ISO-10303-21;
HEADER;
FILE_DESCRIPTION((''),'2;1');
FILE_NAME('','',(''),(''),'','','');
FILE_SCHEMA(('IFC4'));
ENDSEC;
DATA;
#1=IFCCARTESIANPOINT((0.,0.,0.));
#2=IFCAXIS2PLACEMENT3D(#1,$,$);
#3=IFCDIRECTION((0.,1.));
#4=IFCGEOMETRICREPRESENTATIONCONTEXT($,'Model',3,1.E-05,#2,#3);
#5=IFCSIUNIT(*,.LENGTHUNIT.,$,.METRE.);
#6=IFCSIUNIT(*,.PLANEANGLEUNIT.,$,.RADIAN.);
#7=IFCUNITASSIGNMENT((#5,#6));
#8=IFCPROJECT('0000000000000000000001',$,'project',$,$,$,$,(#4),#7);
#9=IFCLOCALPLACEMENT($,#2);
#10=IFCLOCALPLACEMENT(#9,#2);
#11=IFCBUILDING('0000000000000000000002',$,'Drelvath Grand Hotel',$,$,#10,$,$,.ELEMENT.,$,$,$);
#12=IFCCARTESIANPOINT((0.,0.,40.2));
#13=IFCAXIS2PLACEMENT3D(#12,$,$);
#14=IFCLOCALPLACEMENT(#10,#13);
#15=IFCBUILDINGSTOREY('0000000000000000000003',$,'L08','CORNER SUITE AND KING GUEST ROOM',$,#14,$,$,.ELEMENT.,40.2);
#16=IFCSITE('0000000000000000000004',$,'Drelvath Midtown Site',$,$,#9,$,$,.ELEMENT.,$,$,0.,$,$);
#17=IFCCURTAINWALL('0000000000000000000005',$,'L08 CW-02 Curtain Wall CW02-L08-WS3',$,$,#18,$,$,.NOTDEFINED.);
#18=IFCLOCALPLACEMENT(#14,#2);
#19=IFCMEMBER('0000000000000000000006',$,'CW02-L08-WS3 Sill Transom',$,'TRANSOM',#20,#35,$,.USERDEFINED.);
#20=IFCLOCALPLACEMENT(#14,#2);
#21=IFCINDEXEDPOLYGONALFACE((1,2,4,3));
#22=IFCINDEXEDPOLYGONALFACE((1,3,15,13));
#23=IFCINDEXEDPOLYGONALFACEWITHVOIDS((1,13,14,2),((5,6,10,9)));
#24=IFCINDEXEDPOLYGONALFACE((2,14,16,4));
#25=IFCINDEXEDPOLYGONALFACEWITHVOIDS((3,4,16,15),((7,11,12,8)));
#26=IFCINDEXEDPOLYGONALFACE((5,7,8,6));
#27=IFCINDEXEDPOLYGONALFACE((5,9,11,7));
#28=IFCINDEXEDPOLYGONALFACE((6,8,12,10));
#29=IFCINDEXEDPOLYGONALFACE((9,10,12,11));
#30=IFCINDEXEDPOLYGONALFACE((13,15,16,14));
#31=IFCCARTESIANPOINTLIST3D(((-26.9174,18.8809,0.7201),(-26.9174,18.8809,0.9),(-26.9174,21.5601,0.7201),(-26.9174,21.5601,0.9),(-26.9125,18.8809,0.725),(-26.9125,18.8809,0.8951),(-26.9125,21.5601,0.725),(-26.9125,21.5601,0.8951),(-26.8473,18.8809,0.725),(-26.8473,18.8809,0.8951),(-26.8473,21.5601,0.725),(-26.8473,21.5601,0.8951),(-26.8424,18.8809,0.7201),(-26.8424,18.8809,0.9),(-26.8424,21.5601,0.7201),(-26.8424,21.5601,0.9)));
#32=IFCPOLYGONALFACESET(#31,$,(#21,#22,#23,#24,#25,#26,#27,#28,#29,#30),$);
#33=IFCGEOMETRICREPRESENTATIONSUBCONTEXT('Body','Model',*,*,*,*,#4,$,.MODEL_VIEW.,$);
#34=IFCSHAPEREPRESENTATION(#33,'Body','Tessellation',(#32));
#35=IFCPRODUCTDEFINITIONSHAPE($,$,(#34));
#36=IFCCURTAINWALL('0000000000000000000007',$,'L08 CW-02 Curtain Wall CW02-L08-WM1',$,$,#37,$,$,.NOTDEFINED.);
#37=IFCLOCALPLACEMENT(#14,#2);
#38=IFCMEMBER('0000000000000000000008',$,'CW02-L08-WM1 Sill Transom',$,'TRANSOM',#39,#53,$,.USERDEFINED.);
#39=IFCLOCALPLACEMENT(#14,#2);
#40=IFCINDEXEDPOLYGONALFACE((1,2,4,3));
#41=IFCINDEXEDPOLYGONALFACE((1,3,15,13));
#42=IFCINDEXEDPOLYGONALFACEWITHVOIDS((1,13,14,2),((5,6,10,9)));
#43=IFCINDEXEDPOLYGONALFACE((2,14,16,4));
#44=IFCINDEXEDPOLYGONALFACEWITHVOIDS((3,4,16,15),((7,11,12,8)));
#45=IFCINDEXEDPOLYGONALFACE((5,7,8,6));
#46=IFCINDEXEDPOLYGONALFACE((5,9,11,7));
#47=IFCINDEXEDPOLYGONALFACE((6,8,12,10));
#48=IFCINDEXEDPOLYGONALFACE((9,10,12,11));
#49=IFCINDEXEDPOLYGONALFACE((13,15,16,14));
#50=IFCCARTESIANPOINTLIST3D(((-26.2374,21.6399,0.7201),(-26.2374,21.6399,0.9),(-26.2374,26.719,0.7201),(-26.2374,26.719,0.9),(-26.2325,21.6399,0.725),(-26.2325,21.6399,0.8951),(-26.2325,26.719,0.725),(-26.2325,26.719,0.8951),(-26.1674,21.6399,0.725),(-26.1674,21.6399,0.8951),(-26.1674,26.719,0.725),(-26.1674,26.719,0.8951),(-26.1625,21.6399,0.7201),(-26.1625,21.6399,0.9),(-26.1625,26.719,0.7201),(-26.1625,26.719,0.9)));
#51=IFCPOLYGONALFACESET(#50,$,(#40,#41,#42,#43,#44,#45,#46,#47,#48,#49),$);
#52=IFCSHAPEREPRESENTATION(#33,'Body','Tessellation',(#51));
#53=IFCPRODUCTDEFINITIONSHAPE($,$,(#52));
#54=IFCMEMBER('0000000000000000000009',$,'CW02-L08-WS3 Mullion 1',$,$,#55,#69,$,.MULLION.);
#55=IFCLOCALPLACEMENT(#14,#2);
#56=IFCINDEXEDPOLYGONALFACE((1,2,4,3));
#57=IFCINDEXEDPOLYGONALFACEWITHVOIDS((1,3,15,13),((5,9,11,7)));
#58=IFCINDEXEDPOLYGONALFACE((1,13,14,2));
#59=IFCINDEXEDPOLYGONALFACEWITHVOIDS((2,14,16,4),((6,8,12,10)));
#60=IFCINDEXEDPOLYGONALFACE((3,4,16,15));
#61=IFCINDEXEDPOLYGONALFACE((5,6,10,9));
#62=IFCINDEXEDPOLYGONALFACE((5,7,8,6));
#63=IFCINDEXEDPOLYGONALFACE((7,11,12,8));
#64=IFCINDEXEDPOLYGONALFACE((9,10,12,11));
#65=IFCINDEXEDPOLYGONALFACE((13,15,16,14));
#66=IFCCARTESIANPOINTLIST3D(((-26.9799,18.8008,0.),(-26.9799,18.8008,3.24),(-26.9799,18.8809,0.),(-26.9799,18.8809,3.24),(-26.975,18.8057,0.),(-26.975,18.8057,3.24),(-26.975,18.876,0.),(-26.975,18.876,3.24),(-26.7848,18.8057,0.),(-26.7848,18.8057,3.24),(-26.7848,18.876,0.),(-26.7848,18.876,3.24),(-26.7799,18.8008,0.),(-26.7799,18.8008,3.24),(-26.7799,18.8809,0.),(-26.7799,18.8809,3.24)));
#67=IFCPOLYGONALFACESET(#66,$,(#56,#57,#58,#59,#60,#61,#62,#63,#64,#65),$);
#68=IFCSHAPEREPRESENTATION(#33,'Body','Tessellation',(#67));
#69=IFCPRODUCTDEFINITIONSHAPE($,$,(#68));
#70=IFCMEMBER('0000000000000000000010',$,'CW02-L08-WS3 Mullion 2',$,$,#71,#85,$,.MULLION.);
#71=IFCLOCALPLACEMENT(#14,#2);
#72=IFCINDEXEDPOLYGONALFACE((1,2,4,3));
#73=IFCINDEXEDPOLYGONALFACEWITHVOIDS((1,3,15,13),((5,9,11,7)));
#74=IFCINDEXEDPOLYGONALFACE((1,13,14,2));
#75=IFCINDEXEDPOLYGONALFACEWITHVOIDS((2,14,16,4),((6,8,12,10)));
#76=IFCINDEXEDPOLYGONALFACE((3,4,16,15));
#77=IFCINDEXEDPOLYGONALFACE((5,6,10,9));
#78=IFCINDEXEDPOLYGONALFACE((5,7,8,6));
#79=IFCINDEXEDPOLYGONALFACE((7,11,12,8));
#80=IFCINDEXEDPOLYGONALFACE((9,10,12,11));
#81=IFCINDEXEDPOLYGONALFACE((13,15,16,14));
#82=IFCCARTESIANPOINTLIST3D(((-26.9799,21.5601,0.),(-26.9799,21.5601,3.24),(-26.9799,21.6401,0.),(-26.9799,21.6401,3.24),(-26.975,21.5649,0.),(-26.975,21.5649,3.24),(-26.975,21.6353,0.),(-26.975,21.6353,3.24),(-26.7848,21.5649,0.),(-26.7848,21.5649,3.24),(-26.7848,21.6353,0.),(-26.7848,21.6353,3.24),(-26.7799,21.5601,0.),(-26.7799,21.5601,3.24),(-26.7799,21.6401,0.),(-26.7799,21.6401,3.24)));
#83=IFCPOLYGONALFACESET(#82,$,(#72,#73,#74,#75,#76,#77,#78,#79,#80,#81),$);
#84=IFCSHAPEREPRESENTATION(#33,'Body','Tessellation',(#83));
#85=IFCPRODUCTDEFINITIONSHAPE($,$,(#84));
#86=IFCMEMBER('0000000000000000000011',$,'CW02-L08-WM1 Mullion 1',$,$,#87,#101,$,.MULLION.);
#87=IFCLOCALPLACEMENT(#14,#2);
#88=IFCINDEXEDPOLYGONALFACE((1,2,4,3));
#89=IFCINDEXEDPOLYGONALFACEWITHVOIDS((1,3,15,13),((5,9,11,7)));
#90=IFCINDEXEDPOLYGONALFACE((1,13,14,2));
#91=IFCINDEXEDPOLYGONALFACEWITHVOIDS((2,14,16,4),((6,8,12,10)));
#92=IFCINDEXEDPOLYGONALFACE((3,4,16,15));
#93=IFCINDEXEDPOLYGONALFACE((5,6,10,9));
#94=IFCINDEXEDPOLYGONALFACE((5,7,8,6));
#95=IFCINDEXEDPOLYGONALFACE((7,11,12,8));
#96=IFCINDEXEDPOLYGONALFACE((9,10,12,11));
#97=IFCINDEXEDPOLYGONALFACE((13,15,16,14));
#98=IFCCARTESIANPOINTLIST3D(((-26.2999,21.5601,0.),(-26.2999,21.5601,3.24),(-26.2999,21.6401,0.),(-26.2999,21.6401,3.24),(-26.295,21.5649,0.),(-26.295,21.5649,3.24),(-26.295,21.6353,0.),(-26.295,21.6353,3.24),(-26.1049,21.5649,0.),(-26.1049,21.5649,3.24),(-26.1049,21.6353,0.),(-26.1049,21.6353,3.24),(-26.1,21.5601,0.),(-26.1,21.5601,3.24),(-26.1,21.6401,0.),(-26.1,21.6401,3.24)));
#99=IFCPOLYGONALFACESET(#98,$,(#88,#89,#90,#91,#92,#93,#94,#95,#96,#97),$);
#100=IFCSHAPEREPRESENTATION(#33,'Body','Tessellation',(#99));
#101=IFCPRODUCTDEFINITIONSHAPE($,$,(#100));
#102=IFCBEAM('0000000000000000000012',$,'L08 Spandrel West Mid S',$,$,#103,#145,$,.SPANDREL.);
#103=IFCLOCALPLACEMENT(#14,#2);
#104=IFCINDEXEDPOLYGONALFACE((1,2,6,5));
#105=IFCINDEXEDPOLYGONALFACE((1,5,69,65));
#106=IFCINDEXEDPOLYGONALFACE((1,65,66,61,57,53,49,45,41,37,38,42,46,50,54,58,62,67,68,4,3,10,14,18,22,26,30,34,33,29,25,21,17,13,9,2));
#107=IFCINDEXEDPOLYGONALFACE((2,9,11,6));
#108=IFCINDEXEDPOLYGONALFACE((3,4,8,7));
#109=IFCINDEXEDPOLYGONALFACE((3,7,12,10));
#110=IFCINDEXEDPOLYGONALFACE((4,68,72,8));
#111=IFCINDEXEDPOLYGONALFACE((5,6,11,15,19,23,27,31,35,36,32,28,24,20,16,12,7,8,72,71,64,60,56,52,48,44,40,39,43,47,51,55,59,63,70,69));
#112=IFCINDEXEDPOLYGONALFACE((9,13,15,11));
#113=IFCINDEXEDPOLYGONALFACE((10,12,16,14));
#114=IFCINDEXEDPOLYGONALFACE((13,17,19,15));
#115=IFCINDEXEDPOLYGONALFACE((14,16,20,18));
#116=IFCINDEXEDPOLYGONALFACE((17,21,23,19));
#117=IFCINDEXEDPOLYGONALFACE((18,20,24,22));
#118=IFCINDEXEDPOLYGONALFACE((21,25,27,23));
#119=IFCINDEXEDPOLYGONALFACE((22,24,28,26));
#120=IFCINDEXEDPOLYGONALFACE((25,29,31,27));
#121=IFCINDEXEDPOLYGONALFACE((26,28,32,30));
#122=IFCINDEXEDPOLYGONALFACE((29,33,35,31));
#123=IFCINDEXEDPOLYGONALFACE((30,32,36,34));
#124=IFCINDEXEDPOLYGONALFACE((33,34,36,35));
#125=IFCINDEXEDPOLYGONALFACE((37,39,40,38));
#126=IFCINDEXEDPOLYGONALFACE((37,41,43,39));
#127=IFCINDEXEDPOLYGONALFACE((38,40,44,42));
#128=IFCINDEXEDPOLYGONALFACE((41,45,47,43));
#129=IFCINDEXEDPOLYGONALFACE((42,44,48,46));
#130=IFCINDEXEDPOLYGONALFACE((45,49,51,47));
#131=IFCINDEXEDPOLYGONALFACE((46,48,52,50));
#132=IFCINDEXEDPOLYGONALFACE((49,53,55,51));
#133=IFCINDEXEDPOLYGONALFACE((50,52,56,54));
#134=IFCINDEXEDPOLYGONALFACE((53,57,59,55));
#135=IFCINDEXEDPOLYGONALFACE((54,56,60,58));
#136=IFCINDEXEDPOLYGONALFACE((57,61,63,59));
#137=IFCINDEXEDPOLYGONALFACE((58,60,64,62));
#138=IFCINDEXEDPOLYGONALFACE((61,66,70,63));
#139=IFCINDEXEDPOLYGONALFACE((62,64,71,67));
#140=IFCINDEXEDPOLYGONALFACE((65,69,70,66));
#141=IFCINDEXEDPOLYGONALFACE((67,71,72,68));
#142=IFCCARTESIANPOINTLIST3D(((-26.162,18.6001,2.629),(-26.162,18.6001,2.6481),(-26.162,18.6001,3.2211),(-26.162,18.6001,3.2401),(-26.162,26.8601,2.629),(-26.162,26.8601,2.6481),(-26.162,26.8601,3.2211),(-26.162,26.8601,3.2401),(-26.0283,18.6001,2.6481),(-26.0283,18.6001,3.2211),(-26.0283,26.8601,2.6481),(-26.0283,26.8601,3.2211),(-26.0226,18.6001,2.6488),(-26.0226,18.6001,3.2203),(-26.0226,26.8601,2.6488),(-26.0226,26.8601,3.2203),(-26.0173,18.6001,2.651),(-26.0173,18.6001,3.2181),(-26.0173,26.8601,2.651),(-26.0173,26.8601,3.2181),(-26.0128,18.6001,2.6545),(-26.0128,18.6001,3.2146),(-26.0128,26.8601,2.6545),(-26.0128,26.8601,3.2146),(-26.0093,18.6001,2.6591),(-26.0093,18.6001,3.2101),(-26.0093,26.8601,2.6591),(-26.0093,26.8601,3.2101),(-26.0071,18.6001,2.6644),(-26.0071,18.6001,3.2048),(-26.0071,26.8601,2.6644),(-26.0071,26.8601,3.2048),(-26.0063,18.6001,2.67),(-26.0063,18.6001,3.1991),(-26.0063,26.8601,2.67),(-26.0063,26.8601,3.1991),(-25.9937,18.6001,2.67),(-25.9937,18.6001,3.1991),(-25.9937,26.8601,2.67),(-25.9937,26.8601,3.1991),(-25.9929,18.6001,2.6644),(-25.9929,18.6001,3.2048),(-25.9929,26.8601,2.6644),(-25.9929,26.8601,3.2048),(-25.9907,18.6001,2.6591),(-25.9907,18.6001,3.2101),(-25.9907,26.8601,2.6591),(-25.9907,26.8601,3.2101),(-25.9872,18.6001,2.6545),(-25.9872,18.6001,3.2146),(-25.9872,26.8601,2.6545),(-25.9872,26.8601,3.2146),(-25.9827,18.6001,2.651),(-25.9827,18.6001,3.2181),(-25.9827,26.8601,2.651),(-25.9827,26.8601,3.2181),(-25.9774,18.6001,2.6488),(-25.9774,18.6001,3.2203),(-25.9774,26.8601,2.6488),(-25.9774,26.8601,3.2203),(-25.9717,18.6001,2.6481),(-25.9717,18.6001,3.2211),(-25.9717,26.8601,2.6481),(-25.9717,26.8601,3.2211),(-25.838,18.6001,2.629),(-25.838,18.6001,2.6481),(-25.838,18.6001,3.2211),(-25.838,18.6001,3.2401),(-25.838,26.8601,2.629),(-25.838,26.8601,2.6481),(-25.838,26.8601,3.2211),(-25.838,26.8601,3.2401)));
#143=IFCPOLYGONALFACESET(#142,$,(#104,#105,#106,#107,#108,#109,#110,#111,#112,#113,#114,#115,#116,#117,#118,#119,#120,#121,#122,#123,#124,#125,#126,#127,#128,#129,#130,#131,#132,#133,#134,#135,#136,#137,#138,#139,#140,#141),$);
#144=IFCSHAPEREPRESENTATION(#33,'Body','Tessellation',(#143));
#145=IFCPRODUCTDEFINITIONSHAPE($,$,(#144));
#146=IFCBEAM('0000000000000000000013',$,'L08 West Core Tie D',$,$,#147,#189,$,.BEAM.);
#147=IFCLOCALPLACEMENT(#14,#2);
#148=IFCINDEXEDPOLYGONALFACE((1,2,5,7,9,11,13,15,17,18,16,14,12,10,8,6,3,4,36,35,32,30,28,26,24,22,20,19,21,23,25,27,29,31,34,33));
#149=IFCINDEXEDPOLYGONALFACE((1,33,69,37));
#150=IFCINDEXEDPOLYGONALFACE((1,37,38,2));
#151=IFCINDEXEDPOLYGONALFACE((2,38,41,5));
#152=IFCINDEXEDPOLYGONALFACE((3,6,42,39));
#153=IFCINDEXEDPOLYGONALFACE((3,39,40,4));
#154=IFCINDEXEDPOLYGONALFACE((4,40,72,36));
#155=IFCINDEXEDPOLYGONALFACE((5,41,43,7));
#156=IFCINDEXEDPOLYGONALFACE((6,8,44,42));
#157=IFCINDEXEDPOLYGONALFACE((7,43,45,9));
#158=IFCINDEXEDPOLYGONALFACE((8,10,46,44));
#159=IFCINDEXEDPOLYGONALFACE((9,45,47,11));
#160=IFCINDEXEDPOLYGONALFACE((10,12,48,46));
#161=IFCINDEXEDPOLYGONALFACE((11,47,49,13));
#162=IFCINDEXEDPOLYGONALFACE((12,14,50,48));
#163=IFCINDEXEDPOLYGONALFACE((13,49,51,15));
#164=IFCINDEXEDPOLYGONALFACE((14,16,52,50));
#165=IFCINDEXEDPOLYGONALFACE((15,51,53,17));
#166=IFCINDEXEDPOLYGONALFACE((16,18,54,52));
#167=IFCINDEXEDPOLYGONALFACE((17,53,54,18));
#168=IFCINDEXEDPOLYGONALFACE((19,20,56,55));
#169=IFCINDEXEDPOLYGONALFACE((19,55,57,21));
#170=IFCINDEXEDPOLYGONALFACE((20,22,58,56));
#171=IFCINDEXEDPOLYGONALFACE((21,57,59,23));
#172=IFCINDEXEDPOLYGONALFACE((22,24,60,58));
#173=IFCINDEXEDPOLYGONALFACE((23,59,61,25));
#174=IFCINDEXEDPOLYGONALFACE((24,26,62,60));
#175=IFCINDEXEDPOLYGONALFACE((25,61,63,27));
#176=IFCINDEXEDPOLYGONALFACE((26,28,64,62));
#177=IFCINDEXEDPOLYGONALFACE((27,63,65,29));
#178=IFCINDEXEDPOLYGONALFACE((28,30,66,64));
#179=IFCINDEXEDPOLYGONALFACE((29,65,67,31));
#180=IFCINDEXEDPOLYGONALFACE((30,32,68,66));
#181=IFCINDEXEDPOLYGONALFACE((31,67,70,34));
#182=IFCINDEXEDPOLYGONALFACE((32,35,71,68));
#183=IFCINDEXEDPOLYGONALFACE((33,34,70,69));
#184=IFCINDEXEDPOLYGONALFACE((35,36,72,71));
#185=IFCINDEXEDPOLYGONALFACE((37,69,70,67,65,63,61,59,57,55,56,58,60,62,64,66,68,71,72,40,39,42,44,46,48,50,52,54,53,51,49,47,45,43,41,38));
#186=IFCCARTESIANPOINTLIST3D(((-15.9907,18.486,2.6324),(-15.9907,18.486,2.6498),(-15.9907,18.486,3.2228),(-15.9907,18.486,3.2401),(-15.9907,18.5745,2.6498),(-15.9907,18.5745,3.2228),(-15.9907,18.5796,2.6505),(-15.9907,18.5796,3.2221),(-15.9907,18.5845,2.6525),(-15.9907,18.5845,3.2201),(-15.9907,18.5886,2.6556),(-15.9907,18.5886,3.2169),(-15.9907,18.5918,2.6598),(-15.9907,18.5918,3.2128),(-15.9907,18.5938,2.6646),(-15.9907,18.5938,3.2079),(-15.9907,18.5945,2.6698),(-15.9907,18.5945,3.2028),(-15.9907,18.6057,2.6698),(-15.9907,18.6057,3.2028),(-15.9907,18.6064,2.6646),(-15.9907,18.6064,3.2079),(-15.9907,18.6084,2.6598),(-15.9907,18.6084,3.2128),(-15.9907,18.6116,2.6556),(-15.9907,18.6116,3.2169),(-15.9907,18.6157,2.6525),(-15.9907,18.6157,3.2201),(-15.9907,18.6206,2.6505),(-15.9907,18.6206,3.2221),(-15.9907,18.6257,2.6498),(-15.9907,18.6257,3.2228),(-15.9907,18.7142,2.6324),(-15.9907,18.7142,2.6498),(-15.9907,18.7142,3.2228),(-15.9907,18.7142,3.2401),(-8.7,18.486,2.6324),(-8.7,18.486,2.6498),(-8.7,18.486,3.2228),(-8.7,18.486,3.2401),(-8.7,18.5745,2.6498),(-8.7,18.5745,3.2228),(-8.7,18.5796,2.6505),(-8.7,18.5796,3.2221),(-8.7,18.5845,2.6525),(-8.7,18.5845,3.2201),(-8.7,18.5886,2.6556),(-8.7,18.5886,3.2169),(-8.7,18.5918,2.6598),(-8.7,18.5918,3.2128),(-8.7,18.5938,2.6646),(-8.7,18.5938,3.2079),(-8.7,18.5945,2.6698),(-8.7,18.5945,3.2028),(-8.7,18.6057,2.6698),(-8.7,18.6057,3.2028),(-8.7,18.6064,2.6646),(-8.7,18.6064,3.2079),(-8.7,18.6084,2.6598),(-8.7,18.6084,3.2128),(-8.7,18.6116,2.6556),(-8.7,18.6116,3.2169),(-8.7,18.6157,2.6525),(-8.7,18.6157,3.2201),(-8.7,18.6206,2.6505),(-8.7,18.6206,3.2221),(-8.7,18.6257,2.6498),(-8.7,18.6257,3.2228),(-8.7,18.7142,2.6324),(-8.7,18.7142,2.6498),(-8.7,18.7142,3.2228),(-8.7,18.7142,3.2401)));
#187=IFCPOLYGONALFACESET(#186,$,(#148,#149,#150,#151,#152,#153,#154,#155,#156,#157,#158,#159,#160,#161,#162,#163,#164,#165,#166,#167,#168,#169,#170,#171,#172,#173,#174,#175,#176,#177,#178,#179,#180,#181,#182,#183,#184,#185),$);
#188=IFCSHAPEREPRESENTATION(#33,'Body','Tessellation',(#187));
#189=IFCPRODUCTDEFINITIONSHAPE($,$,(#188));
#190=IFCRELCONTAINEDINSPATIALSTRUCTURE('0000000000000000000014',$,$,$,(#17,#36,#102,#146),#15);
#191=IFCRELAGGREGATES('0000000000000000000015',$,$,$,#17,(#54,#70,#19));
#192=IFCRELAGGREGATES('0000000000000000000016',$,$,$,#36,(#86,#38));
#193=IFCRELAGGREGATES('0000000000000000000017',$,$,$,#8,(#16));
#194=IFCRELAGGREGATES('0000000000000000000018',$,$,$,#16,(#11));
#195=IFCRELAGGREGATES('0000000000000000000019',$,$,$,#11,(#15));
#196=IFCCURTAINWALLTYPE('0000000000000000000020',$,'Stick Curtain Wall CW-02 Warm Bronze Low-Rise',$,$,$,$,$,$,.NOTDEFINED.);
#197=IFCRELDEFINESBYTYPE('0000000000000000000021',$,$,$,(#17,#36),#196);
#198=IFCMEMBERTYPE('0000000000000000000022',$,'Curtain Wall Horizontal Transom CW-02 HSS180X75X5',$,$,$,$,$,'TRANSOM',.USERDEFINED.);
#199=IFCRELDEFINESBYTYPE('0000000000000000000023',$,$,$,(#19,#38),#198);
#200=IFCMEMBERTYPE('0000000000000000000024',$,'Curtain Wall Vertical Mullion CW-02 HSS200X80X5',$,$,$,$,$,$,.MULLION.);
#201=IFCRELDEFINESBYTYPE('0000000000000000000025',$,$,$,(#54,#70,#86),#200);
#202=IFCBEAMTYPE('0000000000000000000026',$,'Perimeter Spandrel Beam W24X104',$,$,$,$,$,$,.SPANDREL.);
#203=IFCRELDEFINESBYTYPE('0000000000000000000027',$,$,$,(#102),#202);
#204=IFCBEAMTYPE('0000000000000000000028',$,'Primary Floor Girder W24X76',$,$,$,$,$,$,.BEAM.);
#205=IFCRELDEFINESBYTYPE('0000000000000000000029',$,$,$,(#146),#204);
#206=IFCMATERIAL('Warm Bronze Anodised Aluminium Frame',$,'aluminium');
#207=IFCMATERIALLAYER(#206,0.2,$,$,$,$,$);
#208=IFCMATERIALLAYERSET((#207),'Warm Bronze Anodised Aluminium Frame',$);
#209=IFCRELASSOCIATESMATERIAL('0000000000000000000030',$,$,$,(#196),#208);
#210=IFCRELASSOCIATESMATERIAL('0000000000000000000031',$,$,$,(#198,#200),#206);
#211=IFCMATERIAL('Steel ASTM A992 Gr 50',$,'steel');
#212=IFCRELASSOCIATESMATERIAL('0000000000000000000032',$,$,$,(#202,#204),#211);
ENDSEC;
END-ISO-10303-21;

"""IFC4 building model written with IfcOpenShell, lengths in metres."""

from ifc_helpers import new_model, si_unit, direction, frame, origin, origin_2d, place, context, subcontext, project, spatial, hollow_rectangle, i_section, extrude, material, layer, layer_set, material_profile, profile_set, type_object, element, aggregate, save


model = new_model("IFC4")

# Units and contexts
model_context = context("Model", 3, precision=1e-05, world=origin(), true_north=direction((0.0, 1.0)))
body_context = subcontext(model_context, "Body", "Model", "MODEL_VIEW")
ifc_project = project(units=[si_unit("LENGTHUNIT", "METRE"), si_unit("PLANEANGLEUNIT", "RADIAN")], contexts=[model_context])

# Site, building, storey
site_placement = place(None, origin())
site = spatial("IfcSite", under=ifc_project, at=site_placement, Name="Drelvath Midtown Site", CompositionType="ELEMENT", RefElevation=0.0)
building_placement = place(site_placement, origin())
building = spatial("IfcBuilding", under=site, at=building_placement, Name="Drelvath Grand Hotel", CompositionType="ELEMENT")
storey_placement = place(building_placement, frame((0.0, 0.0, 40.2)))
storey = spatial("IfcBuildingStorey", under=building, at=storey_placement, Name="L08", Description="CORNER SUITE AND KING GUEST ROOM", CompositionType="ELEMENT", Elevation=40.2)

# Curtain walls, members
ifc_material_1 = material(Name="Warm Bronze Anodised Aluminium Frame", Category="aluminium")
ifc_layer_1 = layer(ifc_material_1, 0.2)
ifc_layer_set_1 = layer_set([ifc_layer_1], Name="Warm Bronze Anodised Aluminium Frame")
curtain_wall_type = type_object("IfcCurtainWallType", Name="Stick Curtain Wall CW-02 Warm Bronze Low-Rise", PredefinedType="NOTDEFINED", material=ifc_layer_set_1)
curtain_wall_1_placement = place(storey_placement, origin())
curtain_wall_1 = element("IfcCurtainWall", 1, at=curtain_wall_1_placement, inside=storey, type_object=curtain_wall_type, Name="L08 CW-02 Curtain Wall CW02-L08-WS3", PredefinedType="NOTDEFINED")
ifc_material_profile_1 = material_profile(ifc_material_1, hollow_rectangle(XDim=0.075, YDim=0.1799, WallThickness=0.0049, at=origin_2d()), Name="HSS180X75X5")
ifc_profile_set_1 = profile_set([ifc_material_profile_1], Name="Warm Bronze Anodised Aluminium Frame")
member_type_1 = type_object("IfcMemberType", Name="Curtain Wall Horizontal Transom CW-02 HSS180X75X5", ElementType="TRANSOM", PredefinedType="USERDEFINED", material=ifc_profile_set_1)
member_1_placement = place(storey_placement, frame((-26.8799, 18.8809, 0.8101), z_axis=(0.0, 1.0, 0.0), x_axis=(-1.0, 0.0, 0.0)))
member_1 = element("IfcMember", 2, at=member_1_placement, type_object=member_type_1, Name="CW02-L08-WS3 Sill Transom", ObjectType="TRANSOM", PredefinedType="USERDEFINED", context=body_context, shape_type="SweptSolid", body=[
    extrude(hollow_rectangle(XDim=0.075, YDim=0.1799, WallThickness=0.0049, at=origin_2d()), origin(), (0.0, 0.0, 1.0), 2.6792),
])
curtain_wall_2_placement = place(storey_placement, origin())
curtain_wall_2 = element("IfcCurtainWall", 3, at=curtain_wall_2_placement, inside=storey, type_object=curtain_wall_type, Name="L08 CW-02 Curtain Wall CW02-L08-WM1", PredefinedType="NOTDEFINED")
member_2_placement = place(storey_placement, frame((-26.2, 21.6399, 0.8101), z_axis=(0.0, 1.0, 0.0), x_axis=(-1.0, 0.0, 0.0)))
member_2 = element("IfcMember", 4, at=member_2_placement, type_object=member_type_1, Name="CW02-L08-WM1 Sill Transom", ObjectType="TRANSOM", PredefinedType="USERDEFINED", context=body_context, shape_type="SweptSolid", body=[
    extrude(hollow_rectangle(XDim=0.075, YDim=0.1799, WallThickness=0.0049, at=origin_2d()), origin(), (0.0, 0.0, 1.0), 5.0791),
])

# Members
ifc_material_profile_2 = material_profile(ifc_material_1, hollow_rectangle(XDim=0.0801, YDim=0.2, WallThickness=0.0049, at=origin_2d()), Name="HSS200X80X5")
ifc_profile_set_2 = profile_set([ifc_material_profile_2], Name="Warm Bronze Anodised Aluminium Frame")
member_type_2 = type_object("IfcMemberType", Name="Curtain Wall Vertical Mullion CW-02 HSS200X80X5", PredefinedType="MULLION", material=ifc_profile_set_2)
member_3_placement = place(storey_placement, frame((-26.8799, 18.8408, 0.0), z_axis=(0.0, 0.0, 1.0), x_axis=(0.0, 1.0, 0.0)))
member_3 = element("IfcMember", 5, at=member_3_placement, type_object=member_type_2, Name="CW02-L08-WS3 Mullion 1", PredefinedType="MULLION", context=body_context, shape_type="SweptSolid", body=[
    extrude(hollow_rectangle(XDim=0.0801, YDim=0.2, WallThickness=0.0049, at=origin_2d()), origin(), (0.0, 0.0, 1.0), 3.24),
])
member_4_placement = place(storey_placement, frame((-26.8799, 21.6001, 0.0), z_axis=(0.0, 0.0, 1.0), x_axis=(0.0, 1.0, 0.0)))
member_4 = element("IfcMember", 6, at=member_4_placement, type_object=member_type_2, Name="CW02-L08-WS3 Mullion 2", PredefinedType="MULLION", context=body_context, shape_type="SweptSolid", body=[
    extrude(hollow_rectangle(XDim=0.0801, YDim=0.2, WallThickness=0.0049, at=origin_2d()), origin(), (0.0, 0.0, 1.0), 3.24),
])
member_5_placement = place(storey_placement, frame((-26.2, 21.6001, 0.0), z_axis=(0.0, 0.0, 1.0), x_axis=(0.0, 1.0, 0.0)))
member_5 = element("IfcMember", 7, at=member_5_placement, type_object=member_type_2, Name="CW02-L08-WM1 Mullion 1", PredefinedType="MULLION", context=body_context, shape_type="SweptSolid", body=[
    extrude(hollow_rectangle(XDim=0.0801, YDim=0.2, WallThickness=0.0049, at=origin_2d()), origin(), (0.0, 0.0, 1.0), 3.24),
])

# Beams
ifc_material_2 = material(Name="Steel ASTM A992 Gr 50", Category="steel")
ifc_material_profile_3 = material_profile(ifc_material_2, i_section(OverallWidth=0.324, OverallDepth=0.6111, WebThickness=0.0127, FlangeThickness=0.019, FilletRadius=0.022, at=origin_2d()), Name="W24X104")
ifc_profile_set_3 = profile_set([ifc_material_profile_3], Name="Steel ASTM A992 Gr 50")
beam_type_1 = type_object("IfcBeamType", Name="Perimeter Spandrel Beam W24X104", PredefinedType="SPANDREL", material=ifc_profile_set_3)
beam_1_placement = place(storey_placement, frame((-26.0, 18.6001, 2.9346), z_axis=(0.0, 1.0, 0.0), x_axis=(-1.0, 0.0, 0.0)))
element("IfcBeam", 8, at=beam_1_placement, inside=storey, type_object=beam_type_1, Name="L08 Spandrel West Mid S", PredefinedType="SPANDREL", context=body_context, shape_type="SweptSolid", body=[
    extrude(i_section(OverallWidth=0.324, OverallDepth=0.6111, WebThickness=0.0127, FlangeThickness=0.019, FilletRadius=0.022, at=origin_2d()), origin(), (0.0, 0.0, 1.0), 8.26),
])
ifc_material_profile_4 = material_profile(ifc_material_2, i_section(OverallWidth=0.2283, OverallDepth=0.6077, WebThickness=0.0112, FlangeThickness=0.0173, FilletRadius=0.02, at=origin_2d()), Name="W24X76")
ifc_profile_set_4 = profile_set([ifc_material_profile_4], Name="Steel ASTM A992 Gr 50")
beam_type_2 = type_object("IfcBeamType", Name="Primary Floor Girder W24X76", PredefinedType="BEAM", material=ifc_profile_set_4)
beam_2_placement = place(storey_placement, frame((-15.9907, 18.6001, 2.9363), z_axis=(1.0, 0.0, 0.0), x_axis=(0.0, 1.0, 0.0)))
element("IfcBeam", 9, at=beam_2_placement, inside=storey, type_object=beam_type_2, Name="L08 West Core Tie D", PredefinedType="BEAM", context=body_context, shape_type="SweptSolid", body=[
    extrude(i_section(OverallWidth=0.2283, OverallDepth=0.6077, WebThickness=0.0112, FlangeThickness=0.0173, FilletRadius=0.02, at=origin_2d()), origin(), (0.0, 0.0, 1.0), 7.2908),
])

aggregate(curtain_wall_1, [member_3, member_4, member_1])
aggregate(curtain_wall_2, [member_5, member_2])

save(model, "model.ifc")
